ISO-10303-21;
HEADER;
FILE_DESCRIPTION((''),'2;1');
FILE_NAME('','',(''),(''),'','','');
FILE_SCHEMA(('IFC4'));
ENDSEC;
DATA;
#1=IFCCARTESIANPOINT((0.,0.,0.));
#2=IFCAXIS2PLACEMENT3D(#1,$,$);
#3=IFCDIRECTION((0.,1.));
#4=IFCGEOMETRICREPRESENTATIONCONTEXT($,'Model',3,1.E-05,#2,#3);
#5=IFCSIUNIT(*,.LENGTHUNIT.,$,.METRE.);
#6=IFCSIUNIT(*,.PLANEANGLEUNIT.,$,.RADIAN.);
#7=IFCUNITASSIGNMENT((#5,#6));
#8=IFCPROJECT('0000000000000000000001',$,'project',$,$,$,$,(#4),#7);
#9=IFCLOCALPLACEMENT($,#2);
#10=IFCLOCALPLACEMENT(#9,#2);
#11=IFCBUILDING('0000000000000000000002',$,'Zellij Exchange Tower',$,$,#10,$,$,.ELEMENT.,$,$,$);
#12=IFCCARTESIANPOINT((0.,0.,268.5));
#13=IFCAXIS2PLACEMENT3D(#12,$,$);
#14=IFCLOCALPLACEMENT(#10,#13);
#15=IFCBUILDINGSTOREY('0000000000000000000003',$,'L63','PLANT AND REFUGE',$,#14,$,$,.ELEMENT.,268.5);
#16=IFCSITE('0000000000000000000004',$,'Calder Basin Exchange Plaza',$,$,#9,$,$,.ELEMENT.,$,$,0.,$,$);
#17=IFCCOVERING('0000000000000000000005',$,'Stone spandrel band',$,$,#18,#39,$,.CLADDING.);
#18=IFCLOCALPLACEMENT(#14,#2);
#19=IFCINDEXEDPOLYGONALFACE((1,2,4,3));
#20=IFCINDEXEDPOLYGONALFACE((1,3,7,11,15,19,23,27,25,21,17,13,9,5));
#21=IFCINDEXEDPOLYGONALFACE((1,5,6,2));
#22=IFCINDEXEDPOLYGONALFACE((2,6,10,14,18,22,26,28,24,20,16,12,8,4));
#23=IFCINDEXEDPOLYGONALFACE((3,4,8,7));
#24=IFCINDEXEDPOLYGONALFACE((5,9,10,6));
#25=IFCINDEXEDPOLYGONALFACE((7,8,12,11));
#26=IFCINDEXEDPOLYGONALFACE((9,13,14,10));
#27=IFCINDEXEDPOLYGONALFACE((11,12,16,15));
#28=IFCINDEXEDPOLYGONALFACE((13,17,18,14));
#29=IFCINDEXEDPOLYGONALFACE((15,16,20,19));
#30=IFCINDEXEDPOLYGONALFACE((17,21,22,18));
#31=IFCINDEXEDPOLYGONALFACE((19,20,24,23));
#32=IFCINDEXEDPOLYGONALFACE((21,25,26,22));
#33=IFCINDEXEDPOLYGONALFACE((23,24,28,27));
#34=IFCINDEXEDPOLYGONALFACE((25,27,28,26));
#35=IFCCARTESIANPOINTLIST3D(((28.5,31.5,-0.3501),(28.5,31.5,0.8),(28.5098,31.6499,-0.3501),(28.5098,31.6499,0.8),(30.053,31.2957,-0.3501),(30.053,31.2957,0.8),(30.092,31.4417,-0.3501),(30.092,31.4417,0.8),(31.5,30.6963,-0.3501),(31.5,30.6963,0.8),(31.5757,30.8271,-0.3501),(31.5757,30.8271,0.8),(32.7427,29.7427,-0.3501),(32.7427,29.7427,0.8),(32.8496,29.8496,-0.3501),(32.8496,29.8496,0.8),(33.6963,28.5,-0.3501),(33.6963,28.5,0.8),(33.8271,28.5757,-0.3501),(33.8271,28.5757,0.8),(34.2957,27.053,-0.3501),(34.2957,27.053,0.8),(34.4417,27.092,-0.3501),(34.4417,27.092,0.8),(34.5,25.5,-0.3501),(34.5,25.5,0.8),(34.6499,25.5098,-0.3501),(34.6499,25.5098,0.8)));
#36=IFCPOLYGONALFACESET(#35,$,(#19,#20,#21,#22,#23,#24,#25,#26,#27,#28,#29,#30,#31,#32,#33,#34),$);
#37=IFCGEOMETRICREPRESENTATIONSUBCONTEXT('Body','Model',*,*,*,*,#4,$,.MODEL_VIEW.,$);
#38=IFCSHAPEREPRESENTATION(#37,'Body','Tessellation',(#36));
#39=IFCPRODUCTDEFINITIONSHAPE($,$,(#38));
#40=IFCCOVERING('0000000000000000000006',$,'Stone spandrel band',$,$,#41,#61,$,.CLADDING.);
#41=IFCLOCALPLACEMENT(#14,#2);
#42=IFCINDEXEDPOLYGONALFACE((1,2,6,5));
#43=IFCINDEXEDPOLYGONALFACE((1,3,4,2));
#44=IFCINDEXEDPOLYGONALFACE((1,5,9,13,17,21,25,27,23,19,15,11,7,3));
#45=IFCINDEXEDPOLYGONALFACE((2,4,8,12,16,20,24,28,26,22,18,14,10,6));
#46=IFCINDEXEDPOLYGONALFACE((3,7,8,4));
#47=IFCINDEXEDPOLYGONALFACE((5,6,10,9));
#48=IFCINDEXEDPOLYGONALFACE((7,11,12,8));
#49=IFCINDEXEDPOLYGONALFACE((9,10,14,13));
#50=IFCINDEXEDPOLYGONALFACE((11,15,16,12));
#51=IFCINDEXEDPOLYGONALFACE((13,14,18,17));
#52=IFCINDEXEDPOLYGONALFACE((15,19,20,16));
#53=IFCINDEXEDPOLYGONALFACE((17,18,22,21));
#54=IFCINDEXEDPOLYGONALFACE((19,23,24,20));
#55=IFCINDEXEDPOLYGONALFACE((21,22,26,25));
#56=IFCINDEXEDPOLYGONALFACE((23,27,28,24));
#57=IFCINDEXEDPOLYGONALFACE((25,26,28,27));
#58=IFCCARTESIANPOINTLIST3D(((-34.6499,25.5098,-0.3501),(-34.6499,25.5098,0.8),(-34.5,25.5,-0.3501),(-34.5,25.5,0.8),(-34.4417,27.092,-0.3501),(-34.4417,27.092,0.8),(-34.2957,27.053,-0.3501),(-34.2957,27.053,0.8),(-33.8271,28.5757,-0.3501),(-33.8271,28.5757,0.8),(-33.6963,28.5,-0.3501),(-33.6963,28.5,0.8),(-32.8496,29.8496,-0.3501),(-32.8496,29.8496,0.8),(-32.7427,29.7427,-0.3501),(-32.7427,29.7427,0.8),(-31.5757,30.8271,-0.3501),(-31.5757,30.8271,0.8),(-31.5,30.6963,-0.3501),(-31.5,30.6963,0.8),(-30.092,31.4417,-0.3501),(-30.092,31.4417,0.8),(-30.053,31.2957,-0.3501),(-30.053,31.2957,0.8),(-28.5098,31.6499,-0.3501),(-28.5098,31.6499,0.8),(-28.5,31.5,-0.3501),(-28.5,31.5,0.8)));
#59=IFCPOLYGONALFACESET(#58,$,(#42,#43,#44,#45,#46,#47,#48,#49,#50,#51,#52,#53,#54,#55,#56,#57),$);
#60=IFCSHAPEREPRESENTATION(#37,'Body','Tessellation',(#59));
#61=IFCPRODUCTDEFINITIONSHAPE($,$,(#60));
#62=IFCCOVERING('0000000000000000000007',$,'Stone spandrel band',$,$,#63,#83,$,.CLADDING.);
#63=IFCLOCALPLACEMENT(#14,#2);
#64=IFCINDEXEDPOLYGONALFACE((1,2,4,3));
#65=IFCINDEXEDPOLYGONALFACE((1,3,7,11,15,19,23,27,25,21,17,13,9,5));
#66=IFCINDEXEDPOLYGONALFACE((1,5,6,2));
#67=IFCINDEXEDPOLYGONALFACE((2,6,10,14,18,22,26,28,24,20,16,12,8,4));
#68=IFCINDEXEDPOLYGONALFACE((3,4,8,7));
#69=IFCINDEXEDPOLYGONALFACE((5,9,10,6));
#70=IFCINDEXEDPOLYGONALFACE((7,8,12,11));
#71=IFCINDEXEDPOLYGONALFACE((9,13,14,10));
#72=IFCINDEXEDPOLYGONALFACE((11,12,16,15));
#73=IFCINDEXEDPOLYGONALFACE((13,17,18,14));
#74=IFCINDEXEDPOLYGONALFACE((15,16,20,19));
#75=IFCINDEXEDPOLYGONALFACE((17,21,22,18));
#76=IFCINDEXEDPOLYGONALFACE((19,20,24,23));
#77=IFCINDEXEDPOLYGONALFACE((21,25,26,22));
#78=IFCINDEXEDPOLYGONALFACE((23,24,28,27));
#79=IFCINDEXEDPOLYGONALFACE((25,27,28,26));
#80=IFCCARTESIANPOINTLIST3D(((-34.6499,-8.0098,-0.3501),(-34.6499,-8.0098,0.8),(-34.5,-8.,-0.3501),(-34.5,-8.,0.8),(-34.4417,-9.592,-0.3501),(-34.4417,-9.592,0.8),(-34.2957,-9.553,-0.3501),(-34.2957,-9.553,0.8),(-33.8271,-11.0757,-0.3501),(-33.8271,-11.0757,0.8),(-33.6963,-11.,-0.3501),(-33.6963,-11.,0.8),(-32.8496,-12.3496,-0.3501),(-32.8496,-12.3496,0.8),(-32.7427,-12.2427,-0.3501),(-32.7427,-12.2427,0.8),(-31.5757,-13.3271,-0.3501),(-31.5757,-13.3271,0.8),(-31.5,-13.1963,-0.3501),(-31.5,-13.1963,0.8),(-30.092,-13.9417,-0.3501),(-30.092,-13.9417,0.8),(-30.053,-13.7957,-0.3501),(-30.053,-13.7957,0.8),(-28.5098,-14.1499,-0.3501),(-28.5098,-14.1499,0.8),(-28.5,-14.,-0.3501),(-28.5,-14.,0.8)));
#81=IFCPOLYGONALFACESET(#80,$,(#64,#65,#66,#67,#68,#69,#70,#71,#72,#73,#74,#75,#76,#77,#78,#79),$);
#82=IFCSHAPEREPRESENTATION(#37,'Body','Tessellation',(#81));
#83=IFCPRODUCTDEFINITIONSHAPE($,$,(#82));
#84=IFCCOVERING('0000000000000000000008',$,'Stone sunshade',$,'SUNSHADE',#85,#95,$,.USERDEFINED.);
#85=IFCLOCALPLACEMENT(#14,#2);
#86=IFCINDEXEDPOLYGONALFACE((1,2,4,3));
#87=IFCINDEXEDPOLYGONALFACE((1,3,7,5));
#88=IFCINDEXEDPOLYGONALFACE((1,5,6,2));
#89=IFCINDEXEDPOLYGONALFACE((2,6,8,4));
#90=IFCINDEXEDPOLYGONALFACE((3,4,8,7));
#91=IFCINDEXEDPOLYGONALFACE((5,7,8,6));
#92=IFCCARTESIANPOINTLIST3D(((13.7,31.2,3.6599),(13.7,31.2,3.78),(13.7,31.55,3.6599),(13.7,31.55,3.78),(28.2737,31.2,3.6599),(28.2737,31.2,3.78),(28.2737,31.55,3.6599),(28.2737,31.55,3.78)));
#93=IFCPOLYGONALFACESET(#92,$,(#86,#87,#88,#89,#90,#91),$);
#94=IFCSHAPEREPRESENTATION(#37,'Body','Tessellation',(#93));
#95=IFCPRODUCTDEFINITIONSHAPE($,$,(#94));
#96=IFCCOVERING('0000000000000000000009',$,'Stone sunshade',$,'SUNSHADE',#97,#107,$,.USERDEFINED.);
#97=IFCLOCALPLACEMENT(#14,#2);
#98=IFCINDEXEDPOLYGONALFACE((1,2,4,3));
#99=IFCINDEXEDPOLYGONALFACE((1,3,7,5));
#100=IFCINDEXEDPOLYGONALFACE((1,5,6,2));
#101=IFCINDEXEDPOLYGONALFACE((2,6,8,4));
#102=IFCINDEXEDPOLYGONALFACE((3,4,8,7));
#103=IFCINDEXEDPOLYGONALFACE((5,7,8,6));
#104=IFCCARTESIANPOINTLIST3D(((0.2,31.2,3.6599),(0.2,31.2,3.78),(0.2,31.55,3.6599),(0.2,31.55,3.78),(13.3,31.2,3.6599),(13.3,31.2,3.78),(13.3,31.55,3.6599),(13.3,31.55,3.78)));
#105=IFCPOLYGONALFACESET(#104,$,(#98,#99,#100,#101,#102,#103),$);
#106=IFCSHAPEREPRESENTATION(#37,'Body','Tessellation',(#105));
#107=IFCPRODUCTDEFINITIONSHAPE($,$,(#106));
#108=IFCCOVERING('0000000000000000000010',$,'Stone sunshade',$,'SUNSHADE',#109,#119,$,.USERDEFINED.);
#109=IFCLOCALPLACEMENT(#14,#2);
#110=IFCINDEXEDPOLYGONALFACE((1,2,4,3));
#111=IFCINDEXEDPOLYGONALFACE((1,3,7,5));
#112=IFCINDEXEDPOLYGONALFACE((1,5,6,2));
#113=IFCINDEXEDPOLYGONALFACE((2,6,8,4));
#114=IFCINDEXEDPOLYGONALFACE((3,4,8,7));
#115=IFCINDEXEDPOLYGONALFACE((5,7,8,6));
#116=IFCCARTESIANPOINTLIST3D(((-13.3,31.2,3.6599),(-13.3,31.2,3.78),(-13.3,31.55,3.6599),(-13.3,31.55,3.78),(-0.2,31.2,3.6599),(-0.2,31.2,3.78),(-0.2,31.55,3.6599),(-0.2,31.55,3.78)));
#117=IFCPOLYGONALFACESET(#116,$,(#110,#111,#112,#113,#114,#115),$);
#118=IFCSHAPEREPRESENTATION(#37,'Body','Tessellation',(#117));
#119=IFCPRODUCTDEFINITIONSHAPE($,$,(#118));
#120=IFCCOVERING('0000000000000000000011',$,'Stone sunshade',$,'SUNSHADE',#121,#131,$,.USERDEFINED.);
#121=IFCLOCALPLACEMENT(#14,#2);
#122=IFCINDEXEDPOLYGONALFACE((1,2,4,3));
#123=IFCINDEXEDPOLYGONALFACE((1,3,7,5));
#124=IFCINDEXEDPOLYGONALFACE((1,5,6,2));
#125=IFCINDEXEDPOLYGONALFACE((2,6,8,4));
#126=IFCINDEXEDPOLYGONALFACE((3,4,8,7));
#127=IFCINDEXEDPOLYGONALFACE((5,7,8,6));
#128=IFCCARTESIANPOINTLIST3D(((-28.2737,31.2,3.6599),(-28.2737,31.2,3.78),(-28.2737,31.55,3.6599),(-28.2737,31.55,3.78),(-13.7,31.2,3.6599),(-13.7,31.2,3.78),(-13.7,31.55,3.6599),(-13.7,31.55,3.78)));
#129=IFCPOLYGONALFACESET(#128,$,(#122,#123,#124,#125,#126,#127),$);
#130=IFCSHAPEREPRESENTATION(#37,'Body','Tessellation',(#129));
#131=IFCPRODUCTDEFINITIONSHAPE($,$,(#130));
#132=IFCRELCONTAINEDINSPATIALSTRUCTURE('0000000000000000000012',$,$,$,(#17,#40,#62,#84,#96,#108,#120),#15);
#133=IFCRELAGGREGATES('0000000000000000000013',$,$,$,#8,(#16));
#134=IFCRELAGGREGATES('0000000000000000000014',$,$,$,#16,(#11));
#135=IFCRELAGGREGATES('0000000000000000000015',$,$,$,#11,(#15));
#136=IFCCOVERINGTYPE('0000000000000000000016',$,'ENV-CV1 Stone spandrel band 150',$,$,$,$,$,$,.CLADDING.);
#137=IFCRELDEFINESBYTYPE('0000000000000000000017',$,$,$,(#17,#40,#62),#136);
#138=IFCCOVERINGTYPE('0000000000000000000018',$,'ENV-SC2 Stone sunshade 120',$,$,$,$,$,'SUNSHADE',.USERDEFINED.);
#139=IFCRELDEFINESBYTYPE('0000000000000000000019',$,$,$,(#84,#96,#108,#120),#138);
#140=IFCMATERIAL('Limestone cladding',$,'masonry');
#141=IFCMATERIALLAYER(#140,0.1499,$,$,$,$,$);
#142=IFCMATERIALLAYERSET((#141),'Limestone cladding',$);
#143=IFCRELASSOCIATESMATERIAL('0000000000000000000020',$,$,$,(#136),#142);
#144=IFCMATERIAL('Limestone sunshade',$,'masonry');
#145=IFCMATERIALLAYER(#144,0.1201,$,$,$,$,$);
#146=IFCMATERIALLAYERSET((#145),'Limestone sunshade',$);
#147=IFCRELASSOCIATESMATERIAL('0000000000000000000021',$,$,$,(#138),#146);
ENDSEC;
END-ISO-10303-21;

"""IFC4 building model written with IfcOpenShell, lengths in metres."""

from ifc_helpers import new_model, si_unit, direction, frame, origin, place, context, subcontext, project, spatial, polyline, outline, extrude, material, layer, layer_set, type_object, element, save


model = new_model("IFC4")

# Units and contexts
model_context = context("Model", 3, precision=1e-05, world=origin(), true_north=direction((0.0, 1.0)))
body_context = subcontext(model_context, "Body", "Model", "MODEL_VIEW")
ifc_project = project(units=[si_unit("LENGTHUNIT", "METRE"), si_unit("PLANEANGLEUNIT", "RADIAN")], contexts=[model_context])

# Site, building, storey
site_placement = place(None, origin())
site = spatial("IfcSite", under=ifc_project, at=site_placement, Name="Calder Basin Exchange Plaza", CompositionType="ELEMENT", RefElevation=0.0)
building_placement = place(site_placement, origin())
building = spatial("IfcBuilding", under=site, at=building_placement, Name="Zellij Exchange Tower", CompositionType="ELEMENT")
storey_placement = place(building_placement, frame((0.0, 0.0, 268.5)))
storey = spatial("IfcBuildingStorey", under=building, at=storey_placement, Name="L63", Description="PLANT AND REFUGE", CompositionType="ELEMENT", Elevation=268.5)

# Coverings
ifc_material_1 = material(Name="Limestone cladding", Category="masonry")
ifc_layer_1 = layer(ifc_material_1, 0.1499)
ifc_layer_set_1 = layer_set([ifc_layer_1], Name="Limestone cladding")
covering_type_1 = type_object("IfcCoveringType", Name="ENV-CV1 Stone spandrel band 150", PredefinedType="CLADDING", material=ifc_layer_set_1)
covering_1_placement = place(storey_placement, frame((0.0, 0.0, -0.3501)))
element("IfcCovering", 1, at=covering_1_placement, inside=storey, type_object=covering_type_1, Name="Stone spandrel band", PredefinedType="CLADDING", context=body_context, shape_type="SweptSolid", body=[
    extrude(outline(polyline([(34.5, 25.5), (34.2957, 27.053), (33.6963, 28.5), (32.7427, 29.7427), (31.5, 30.6963), (30.053, 31.2957), (28.5, 31.5), (28.5098, 31.6499), (30.092, 31.4417), (31.5757, 30.8271), (32.8496, 29.8496), (33.8271, 28.5757), (34.4417, 27.092), (34.6499, 25.5098), (34.5, 25.5)])), origin(), (0.0, 0.0, 1.0), 1.1501),
])
covering_2_placement = place(storey_placement, frame((0.0, 0.0, -0.3501)))
element("IfcCovering", 2, at=covering_2_placement, inside=storey, type_object=covering_type_1, Name="Stone spandrel band", PredefinedType="CLADDING", context=body_context, shape_type="SweptSolid", body=[
    extrude(outline(polyline([(-28.5, 31.5), (-30.053, 31.2957), (-31.5, 30.6963), (-32.7427, 29.7427), (-33.6963, 28.5), (-34.2957, 27.053), (-34.5, 25.5), (-34.6499, 25.5098), (-34.4417, 27.092), (-33.8271, 28.5757), (-32.8496, 29.8496), (-31.5757, 30.8271), (-30.092, 31.4417), (-28.5098, 31.6499), (-28.5, 31.5)])), origin(), (0.0, 0.0, 1.0), 1.1501),
])
covering_3_placement = place(storey_placement, frame((0.0, 0.0, -0.3501)))
element("IfcCovering", 3, at=covering_3_placement, inside=storey, type_object=covering_type_1, Name="Stone spandrel band", PredefinedType="CLADDING", context=body_context, shape_type="SweptSolid", body=[
    extrude(outline(polyline([(-34.5, -8.0), (-34.2957, -9.553), (-33.6963, -11.0), (-32.7427, -12.2427), (-31.5, -13.1963), (-30.053, -13.7957), (-28.5, -14.0), (-28.5098, -14.1499), (-30.092, -13.9417), (-31.5757, -13.3271), (-32.8496, -12.3496), (-33.8271, -11.0757), (-34.4417, -9.592), (-34.6499, -8.0098), (-34.5, -8.0)])), origin(), (0.0, 0.0, 1.0), 1.1501),
])
ifc_material_2 = material(Name="Limestone sunshade", Category="masonry")
ifc_layer_2 = layer(ifc_material_2, 0.1201)
ifc_layer_set_2 = layer_set([ifc_layer_2], Name="Limestone sunshade")
covering_type_2 = type_object("IfcCoveringType", Name="ENV-SC2 Stone sunshade 120", ElementType="SUNSHADE", PredefinedType="USERDEFINED", material=ifc_layer_set_2)
covering_4_placement = place(storey_placement, frame((0.0, 0.0, 3.6599)))
element("IfcCovering", 4, at=covering_4_placement, inside=storey, type_object=covering_type_2, Name="Stone sunshade", ObjectType="SUNSHADE", PredefinedType="USERDEFINED", context=body_context, shape_type="SweptSolid", body=[
    extrude(outline(polyline([(28.2737, 31.2), (13.7, 31.2), (13.7, 31.55), (28.2737, 31.55), (28.2737, 31.2)])), origin(), (0.0, 0.0, 1.0), 0.1201),
])
covering_5_placement = place(storey_placement, frame((0.0, 0.0, 3.6599)))
element("IfcCovering", 5, at=covering_5_placement, inside=storey, type_object=covering_type_2, Name="Stone sunshade", ObjectType="SUNSHADE", PredefinedType="USERDEFINED", context=body_context, shape_type="SweptSolid", body=[
    extrude(outline(polyline([(13.3, 31.2), (0.2, 31.2), (0.2, 31.55), (13.3, 31.55), (13.3, 31.2)])), origin(), (0.0, 0.0, 1.0), 0.1201),
])
covering_6_placement = place(storey_placement, frame((0.0, 0.0, 3.6599)))
element("IfcCovering", 6, at=covering_6_placement, inside=storey, type_object=covering_type_2, Name="Stone sunshade", ObjectType="SUNSHADE", PredefinedType="USERDEFINED", context=body_context, shape_type="SweptSolid", body=[
    extrude(outline(polyline([(-0.2, 31.2), (-13.3, 31.2), (-13.3, 31.55), (-0.2, 31.55), (-0.2, 31.2)])), origin(), (0.0, 0.0, 1.0), 0.1201),
])
covering_7_placement = place(storey_placement, frame((0.0, 0.0, 3.6599)))
element("IfcCovering", 7, at=covering_7_placement, inside=storey, type_object=covering_type_2, Name="Stone sunshade", ObjectType="SUNSHADE", PredefinedType="USERDEFINED", context=body_context, shape_type="SweptSolid", body=[
    extrude(outline(polyline([(-13.7, 31.2), (-28.2737, 31.2), (-28.2737, 31.55), (-13.7, 31.55), (-13.7, 31.2)])), origin(), (0.0, 0.0, 1.0), 0.1201),
])

save(model, "model.ifc")
